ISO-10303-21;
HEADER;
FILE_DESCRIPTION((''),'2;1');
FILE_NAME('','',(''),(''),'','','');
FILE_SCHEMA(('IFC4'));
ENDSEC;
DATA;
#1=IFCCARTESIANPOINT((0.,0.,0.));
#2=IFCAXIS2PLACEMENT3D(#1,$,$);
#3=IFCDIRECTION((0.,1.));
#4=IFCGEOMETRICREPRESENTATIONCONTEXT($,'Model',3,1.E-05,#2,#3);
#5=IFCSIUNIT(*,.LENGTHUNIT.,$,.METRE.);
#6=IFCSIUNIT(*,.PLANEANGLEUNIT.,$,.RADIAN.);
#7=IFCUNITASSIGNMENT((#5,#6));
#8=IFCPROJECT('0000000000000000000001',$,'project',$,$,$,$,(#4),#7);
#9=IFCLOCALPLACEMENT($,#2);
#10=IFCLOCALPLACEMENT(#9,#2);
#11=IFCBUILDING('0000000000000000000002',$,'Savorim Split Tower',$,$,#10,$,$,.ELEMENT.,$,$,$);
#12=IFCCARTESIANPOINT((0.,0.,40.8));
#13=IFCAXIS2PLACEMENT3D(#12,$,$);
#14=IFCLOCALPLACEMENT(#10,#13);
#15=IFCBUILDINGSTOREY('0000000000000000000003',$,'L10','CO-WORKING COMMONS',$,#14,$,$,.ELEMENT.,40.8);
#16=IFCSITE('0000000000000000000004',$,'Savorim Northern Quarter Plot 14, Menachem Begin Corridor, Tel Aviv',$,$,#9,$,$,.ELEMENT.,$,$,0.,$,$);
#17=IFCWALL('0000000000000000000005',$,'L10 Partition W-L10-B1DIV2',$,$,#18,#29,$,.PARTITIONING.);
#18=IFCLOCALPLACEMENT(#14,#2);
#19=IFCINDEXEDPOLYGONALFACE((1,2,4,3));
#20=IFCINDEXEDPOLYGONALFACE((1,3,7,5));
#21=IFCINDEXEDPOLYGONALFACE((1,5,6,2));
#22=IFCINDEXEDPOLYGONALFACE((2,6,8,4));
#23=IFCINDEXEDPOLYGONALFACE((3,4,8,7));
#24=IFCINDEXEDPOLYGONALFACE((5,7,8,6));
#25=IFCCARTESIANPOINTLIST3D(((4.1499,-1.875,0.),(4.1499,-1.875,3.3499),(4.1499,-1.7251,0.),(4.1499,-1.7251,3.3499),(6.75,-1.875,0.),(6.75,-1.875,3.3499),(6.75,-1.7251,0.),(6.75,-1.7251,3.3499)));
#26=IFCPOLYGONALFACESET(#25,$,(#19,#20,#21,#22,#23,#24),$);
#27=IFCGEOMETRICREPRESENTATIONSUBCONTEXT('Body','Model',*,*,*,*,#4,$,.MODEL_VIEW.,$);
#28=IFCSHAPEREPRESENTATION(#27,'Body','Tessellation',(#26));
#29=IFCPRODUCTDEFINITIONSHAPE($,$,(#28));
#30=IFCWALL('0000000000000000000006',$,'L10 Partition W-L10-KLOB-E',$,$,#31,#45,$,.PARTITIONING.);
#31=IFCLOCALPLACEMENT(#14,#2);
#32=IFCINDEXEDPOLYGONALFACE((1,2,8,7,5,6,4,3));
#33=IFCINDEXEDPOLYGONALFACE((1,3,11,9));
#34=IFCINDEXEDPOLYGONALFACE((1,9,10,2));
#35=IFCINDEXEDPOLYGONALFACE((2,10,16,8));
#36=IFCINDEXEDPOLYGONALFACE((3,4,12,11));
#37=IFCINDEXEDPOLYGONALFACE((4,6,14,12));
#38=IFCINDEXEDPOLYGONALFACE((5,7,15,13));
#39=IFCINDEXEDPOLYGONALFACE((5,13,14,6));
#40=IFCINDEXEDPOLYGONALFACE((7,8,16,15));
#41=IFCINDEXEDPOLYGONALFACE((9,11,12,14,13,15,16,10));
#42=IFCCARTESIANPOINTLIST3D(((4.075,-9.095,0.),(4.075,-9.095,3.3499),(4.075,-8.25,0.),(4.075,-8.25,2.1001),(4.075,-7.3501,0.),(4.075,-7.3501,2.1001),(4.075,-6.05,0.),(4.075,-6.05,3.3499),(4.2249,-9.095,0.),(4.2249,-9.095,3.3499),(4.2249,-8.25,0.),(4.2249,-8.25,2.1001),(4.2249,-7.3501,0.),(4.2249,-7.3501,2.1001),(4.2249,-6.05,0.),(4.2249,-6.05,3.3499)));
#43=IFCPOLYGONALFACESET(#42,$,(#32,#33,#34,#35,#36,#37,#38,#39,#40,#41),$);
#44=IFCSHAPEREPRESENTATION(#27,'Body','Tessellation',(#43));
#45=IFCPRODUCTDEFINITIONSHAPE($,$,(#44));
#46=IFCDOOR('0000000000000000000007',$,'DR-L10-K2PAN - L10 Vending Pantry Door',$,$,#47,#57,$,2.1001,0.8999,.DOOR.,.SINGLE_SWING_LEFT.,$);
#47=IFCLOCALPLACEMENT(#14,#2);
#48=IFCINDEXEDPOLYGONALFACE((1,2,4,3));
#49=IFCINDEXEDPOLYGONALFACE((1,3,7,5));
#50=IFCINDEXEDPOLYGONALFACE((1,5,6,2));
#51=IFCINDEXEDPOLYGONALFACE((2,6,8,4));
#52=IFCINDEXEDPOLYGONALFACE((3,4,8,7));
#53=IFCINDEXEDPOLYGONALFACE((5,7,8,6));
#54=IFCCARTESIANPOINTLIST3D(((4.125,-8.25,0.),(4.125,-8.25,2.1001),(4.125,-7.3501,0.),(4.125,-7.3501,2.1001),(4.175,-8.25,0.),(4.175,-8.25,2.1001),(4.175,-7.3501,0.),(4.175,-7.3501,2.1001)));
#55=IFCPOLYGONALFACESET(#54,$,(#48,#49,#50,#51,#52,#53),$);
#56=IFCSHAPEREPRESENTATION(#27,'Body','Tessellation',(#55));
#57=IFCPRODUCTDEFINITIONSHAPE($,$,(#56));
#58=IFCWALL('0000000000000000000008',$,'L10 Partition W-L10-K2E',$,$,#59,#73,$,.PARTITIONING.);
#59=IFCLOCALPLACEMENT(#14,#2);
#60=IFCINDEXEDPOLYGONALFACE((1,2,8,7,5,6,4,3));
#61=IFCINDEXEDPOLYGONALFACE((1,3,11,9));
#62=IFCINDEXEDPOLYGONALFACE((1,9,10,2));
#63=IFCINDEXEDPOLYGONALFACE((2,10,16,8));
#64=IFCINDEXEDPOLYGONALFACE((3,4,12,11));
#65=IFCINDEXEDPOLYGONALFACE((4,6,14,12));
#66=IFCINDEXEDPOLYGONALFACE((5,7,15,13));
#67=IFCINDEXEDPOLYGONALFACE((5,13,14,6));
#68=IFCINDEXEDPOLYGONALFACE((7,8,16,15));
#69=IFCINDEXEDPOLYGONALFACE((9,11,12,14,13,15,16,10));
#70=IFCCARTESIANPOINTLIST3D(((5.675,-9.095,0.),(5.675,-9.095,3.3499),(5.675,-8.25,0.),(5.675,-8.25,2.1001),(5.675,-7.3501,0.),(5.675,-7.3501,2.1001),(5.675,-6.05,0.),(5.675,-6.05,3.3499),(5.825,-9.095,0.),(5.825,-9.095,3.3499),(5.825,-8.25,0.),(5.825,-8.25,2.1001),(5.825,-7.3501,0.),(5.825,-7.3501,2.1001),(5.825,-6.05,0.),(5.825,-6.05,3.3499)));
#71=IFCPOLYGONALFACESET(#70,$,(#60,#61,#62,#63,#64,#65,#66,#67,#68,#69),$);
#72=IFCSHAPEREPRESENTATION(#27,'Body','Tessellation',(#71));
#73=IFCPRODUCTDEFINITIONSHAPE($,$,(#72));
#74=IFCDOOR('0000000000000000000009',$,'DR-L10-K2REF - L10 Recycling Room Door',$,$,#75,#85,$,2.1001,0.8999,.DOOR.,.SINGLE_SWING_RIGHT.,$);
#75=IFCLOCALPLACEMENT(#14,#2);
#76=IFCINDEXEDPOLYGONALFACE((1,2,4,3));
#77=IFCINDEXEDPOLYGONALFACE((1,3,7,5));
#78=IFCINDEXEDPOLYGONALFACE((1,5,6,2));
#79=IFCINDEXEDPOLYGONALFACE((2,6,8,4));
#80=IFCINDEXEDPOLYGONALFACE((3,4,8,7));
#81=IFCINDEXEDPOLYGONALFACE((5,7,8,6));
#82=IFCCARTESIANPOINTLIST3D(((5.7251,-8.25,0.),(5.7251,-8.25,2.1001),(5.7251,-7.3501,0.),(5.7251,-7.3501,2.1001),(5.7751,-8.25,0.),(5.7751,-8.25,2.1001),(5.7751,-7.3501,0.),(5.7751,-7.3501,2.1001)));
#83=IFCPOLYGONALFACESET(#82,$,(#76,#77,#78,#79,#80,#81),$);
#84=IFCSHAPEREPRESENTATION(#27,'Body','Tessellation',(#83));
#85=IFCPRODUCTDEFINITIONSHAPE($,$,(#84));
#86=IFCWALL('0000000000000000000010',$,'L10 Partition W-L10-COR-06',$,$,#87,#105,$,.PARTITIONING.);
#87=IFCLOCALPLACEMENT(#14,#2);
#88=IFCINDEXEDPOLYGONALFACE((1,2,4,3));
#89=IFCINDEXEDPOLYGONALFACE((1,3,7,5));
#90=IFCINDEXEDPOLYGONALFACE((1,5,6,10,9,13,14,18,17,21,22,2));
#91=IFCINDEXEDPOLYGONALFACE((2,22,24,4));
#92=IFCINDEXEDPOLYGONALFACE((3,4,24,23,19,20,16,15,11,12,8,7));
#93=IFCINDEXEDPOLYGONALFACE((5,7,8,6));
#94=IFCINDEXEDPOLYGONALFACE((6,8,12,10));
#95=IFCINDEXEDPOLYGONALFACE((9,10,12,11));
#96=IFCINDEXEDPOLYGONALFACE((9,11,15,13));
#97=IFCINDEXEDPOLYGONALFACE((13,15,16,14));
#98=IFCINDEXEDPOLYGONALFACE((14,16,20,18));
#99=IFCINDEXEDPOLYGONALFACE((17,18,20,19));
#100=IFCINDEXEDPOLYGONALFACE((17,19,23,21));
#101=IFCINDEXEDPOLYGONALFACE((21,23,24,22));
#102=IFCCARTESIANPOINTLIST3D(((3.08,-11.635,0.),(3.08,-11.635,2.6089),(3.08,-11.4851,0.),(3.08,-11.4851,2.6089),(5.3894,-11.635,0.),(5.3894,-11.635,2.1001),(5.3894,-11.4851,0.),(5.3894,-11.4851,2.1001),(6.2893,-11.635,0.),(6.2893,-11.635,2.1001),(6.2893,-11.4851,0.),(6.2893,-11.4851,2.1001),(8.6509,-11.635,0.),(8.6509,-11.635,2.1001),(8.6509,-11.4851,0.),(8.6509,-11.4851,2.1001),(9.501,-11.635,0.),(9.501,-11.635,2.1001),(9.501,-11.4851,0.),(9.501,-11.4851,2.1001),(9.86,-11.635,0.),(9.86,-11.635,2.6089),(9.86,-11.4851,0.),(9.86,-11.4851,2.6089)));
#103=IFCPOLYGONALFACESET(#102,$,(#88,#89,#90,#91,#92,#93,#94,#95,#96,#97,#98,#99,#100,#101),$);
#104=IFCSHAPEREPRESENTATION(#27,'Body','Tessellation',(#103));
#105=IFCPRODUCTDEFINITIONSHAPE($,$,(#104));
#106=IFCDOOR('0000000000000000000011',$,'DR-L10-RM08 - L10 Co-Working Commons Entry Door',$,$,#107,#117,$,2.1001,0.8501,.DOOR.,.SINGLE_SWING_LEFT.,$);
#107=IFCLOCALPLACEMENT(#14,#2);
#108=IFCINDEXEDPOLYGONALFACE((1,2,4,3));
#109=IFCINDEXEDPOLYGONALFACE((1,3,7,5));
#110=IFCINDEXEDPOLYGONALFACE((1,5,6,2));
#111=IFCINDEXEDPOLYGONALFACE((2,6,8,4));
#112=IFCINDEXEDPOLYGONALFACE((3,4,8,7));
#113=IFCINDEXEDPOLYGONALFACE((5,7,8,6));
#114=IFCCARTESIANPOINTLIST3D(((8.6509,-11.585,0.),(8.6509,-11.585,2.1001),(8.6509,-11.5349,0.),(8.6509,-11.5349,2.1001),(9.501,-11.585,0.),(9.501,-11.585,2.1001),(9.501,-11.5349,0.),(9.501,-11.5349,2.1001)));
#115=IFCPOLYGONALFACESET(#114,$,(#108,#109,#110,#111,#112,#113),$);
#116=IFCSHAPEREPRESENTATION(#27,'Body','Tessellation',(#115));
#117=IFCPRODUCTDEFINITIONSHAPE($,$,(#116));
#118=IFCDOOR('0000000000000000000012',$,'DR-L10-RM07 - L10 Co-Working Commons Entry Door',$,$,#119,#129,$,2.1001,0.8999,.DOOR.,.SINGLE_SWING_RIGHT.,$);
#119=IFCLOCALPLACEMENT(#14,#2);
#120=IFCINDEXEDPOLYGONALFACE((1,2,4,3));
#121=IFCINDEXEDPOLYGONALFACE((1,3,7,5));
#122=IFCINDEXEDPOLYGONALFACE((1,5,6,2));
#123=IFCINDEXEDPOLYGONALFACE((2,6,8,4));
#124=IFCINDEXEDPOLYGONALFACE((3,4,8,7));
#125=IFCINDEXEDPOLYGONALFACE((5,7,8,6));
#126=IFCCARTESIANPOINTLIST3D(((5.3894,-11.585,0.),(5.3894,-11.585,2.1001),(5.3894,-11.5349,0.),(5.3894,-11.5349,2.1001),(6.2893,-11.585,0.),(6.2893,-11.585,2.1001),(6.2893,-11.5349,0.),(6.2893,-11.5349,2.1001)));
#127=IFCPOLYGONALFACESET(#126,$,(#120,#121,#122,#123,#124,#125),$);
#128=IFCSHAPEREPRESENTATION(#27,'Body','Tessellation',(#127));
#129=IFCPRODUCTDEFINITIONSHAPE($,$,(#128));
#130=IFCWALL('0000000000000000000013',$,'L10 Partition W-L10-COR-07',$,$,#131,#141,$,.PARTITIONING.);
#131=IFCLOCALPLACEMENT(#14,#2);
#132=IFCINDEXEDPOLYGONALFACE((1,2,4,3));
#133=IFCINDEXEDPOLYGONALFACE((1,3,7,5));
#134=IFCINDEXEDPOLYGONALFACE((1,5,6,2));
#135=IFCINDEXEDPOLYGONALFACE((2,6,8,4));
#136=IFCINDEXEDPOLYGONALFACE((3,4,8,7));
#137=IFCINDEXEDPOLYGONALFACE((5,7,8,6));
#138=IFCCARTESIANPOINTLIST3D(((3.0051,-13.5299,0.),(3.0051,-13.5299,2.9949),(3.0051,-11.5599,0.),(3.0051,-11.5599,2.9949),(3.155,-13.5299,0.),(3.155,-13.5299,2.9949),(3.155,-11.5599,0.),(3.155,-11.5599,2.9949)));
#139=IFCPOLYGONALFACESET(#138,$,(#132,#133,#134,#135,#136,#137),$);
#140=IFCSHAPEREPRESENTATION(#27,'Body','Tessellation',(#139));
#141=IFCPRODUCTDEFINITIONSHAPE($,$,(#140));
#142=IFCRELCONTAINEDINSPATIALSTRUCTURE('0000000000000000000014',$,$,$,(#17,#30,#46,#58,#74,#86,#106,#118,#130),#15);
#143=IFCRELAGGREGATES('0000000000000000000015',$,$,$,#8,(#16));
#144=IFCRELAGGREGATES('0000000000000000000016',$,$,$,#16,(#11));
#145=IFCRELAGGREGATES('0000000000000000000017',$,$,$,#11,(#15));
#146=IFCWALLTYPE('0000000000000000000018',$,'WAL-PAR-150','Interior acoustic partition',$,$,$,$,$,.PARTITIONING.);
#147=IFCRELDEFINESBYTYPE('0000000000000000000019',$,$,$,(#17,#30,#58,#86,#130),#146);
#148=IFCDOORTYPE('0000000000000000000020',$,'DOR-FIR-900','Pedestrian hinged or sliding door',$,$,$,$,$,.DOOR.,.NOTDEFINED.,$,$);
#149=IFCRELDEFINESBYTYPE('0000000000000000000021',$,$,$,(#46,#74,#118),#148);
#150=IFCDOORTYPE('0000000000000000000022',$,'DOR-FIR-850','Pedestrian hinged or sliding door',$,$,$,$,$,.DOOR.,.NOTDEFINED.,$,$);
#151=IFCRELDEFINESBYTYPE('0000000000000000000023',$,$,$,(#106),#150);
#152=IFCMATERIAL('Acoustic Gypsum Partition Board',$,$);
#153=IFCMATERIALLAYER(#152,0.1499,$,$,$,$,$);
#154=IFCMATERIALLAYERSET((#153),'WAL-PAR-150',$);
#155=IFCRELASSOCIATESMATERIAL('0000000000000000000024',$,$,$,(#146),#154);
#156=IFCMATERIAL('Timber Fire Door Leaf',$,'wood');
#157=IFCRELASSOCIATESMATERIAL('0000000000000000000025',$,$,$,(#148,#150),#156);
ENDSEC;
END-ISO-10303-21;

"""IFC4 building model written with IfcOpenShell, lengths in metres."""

from ifc_helpers import new_model, si_unit, direction, frame, frame_2d, origin, place, context, subcontext, project, spatial, rectangle, extrude, material, layer, layer_set, type_object, element, fill, save


model = new_model("IFC4")

# Units and contexts
model_context = context("Model", 3, precision=1e-05, world=origin(), true_north=direction((0.0, 1.0)))
body_context = subcontext(model_context, "Body", "Model", "MODEL_VIEW")
ifc_project = project(units=[si_unit("LENGTHUNIT", "METRE"), si_unit("PLANEANGLEUNIT", "RADIAN")], contexts=[model_context])

# Site, building, storey
site_placement = place(None, origin())
site = spatial("IfcSite", under=ifc_project, at=site_placement, Name="Savorim Northern Quarter Plot 14, Menachem Begin Corridor, Tel Aviv", CompositionType="ELEMENT", RefElevation=0.0)
building_placement = place(site_placement, origin())
building = spatial("IfcBuilding", under=site, at=building_placement, Name="Savorim Split Tower", CompositionType="ELEMENT")
storey_placement = place(building_placement, frame((0.0, 0.0, 40.8)))
storey = spatial("IfcBuildingStorey", under=building, at=storey_placement, Name="L10", Description="CO-WORKING COMMONS", CompositionType="ELEMENT", Elevation=40.8)

# Wall
ifc_material_1 = material(Name="Acoustic Gypsum Partition Board")
ifc_layer_1 = layer(ifc_material_1, 0.1499)
ifc_layer_set_1 = layer_set([ifc_layer_1], Name="WAL-PAR-150")
wall_type_1 = type_object("IfcWallType", Name="WAL-PAR-150", Description="Interior acoustic partition", PredefinedType="PARTITIONING", material=ifc_layer_set_1)
for number, where, z_axis, x_axis, name in (
    (1, (4.1499, -1.8, 0.0), (0.0, 0.0, 1.0), (1.0, 0.0, 0.0), "L10 Partition W-L10-B1DIV2"),
):
    element("IfcWall", number, at=place(storey_placement, frame(where, z_axis=z_axis, x_axis=x_axis)), inside=storey, type_object=wall_type_1, Name=name, PredefinedType="PARTITIONING", context=body_context, shape_type="SweptSolid", body=[
        extrude(rectangle(XDim=2.6001, YDim=0.1499, at=frame_2d((1.3, 0.0))), origin(), (0.0, 0.0, 1.0), 3.3499),
    ])

# Walls, openings, doors
wall_1_placement = place(storey_placement, frame((4.1499, -9.095, 0.0), z_axis=(0.0, 0.0, 1.0), x_axis=(0.0, 1.0, 0.0)))
wall_1 = element("IfcWall", 2, at=wall_1_placement, inside=storey, type_object=wall_type_1, Name="L10 Partition W-L10-KLOB-E", PredefinedType="PARTITIONING", context=body_context, shape_type="SweptSolid", body=[
    extrude(rectangle(XDim=3.0449, YDim=0.1499, at=frame_2d((1.5225, 0.0))), origin(), (0.0, 0.0, 1.0), 3.3499),
])
opening_1_placement = place(wall_1_placement, frame((0.845, 0.0, 0.0)))
opening_1 = element("IfcOpeningElement", 3, at=opening_1_placement, cuts=wall_1, PredefinedType="OPENING", context=body_context, shape_type="SweptSolid", body=[
    extrude(rectangle(XDim=0.8999, YDim=2.1001, at=frame_2d((0.45, 1.05))), frame((0.0, 0.085, 0.0), z_axis=(0.0, -1.0, 0.0), x_axis=(1.0, 0.0, 0.0)), (0.0, 0.0, 1.0), 0.1699),
])
ifc_material_2 = material(Name="Timber Fire Door Leaf", Category="wood")
door_type_1 = type_object("IfcDoorType", Name="DOR-FIR-900", Description="Pedestrian hinged or sliding door", OperationType="NOTDEFINED", PredefinedType="DOOR", material=ifc_material_2)
door_1_placement = place(opening_1_placement, origin())
door_1 = element("IfcDoor", 4, at=door_1_placement, inside=storey, type_object=door_type_1, Name="DR-L10-K2PAN - L10 Vending Pantry Door", OperationType="SINGLE_SWING_LEFT", OverallHeight=2.1001, OverallWidth=0.8999, PredefinedType="DOOR", context=body_context, shape_type="SweptSolid", body=[
    extrude(rectangle(XDim=0.8999, YDim=2.1001, at=frame_2d((0.45, 1.05))), frame((0.0, 0.0249, 0.0), z_axis=(0.0, -1.0, 0.0), x_axis=(1.0, 0.0, 0.0)), (0.0, 0.0, 1.0), 0.05),
])
fill(opening_1, door_1)
wall_2_placement = place(storey_placement, frame((5.75, -9.095, 0.0), z_axis=(0.0, 0.0, 1.0), x_axis=(0.0, 1.0, 0.0)))
wall_2 = element("IfcWall", 5, at=wall_2_placement, inside=storey, type_object=wall_type_1, Name="L10 Partition W-L10-K2E", PredefinedType="PARTITIONING", context=body_context, shape_type="SweptSolid", body=[
    extrude(rectangle(XDim=3.0449, YDim=0.1499, at=frame_2d((1.5225, 0.0))), origin(), (0.0, 0.0, 1.0), 3.3499),
])
opening_2_placement = place(wall_2_placement, frame((0.845, 0.0, 0.0)))
opening_2 = element("IfcOpeningElement", 6, at=opening_2_placement, cuts=wall_2, PredefinedType="OPENING", context=body_context, shape_type="SweptSolid", body=[
    extrude(rectangle(XDim=0.8999, YDim=2.1001, at=frame_2d((0.45, 1.05))), frame((0.0, 0.085, 0.0), z_axis=(0.0, -1.0, 0.0), x_axis=(1.0, 0.0, 0.0)), (0.0, 0.0, 1.0), 0.1699),
])
door_2_placement = place(opening_2_placement, origin())
door_2 = element("IfcDoor", 7, at=door_2_placement, inside=storey, type_object=door_type_1, Name="DR-L10-K2REF - L10 Recycling Room Door", OperationType="SINGLE_SWING_RIGHT", OverallHeight=2.1001, OverallWidth=0.8999, PredefinedType="DOOR", context=body_context, shape_type="SweptSolid", body=[
    extrude(rectangle(XDim=0.8999, YDim=2.1001, at=frame_2d((0.45, 1.05))), frame((0.0, 0.0249, 0.0), z_axis=(0.0, -1.0, 0.0), x_axis=(1.0, 0.0, 0.0)), (0.0, 0.0, 1.0), 0.05),
])
fill(opening_2, door_2)

# Wall, openings, doors
wall_3_placement = place(storey_placement, frame((9.8601, -11.5601, 0.0), z_axis=(0.0, 0.0, 1.0), x_axis=(-1.0, 0.0, 0.0)))
wall_3 = element("IfcWall", 8, at=wall_3_placement, inside=storey, type_object=wall_type_1, Name="L10 Partition W-L10-COR-06", PredefinedType="PARTITIONING", context=body_context, shape_type="SweptSolid", body=[
    extrude(rectangle(XDim=6.78, YDim=0.1499, at=frame_2d((3.3901, 0.0))), origin(), (0.0, 0.0, 1.0), 2.6089),
])
opening_3_placement = place(wall_3_placement, frame((3.5708, 0.0, 0.0)))
opening_3 = element("IfcOpeningElement", 9, at=opening_3_placement, cuts=wall_3, PredefinedType="OPENING", context=body_context, shape_type="SweptSolid", body=[
    extrude(rectangle(XDim=0.8999, YDim=2.1001, at=frame_2d((0.45, 1.05))), frame((0.0, 0.085, 0.0), z_axis=(0.0, -1.0, 0.0), x_axis=(1.0, 0.0, 0.0)), (0.0, 0.0, 1.0), 0.1699),
])
opening_4_placement = place(wall_3_placement, frame((0.3591, 0.0, 0.0)))
opening_4 = element("IfcOpeningElement", 10, at=opening_4_placement, cuts=wall_3, PredefinedType="OPENING", context=body_context, shape_type="SweptSolid", body=[
    extrude(rectangle(XDim=0.8501, YDim=2.1001, at=frame_2d((0.425, 1.05))), frame((0.0, 0.085, 0.0), z_axis=(0.0, -1.0, 0.0), x_axis=(1.0, 0.0, 0.0)), (0.0, 0.0, 1.0), 0.1699),
])
door_type_2 = type_object("IfcDoorType", Name="DOR-FIR-850", Description="Pedestrian hinged or sliding door", OperationType="NOTDEFINED", PredefinedType="DOOR", material=ifc_material_2)
door_3_placement = place(opening_4_placement, origin())
door_3 = element("IfcDoor", 11, at=door_3_placement, inside=storey, type_object=door_type_2, Name="DR-L10-RM08 - L10 Co-Working Commons Entry Door", OperationType="SINGLE_SWING_LEFT", OverallHeight=2.1001, OverallWidth=0.8501, PredefinedType="DOOR", context=body_context, shape_type="SweptSolid", body=[
    extrude(rectangle(XDim=0.8501, YDim=2.1001, at=frame_2d((0.425, 1.05))), frame((0.0, 0.0249, 0.0), z_axis=(0.0, -1.0, 0.0), x_axis=(1.0, 0.0, 0.0)), (0.0, 0.0, 1.0), 0.05),
])
fill(opening_4, door_3)
door_4_placement = place(opening_3_placement, origin())
door_4 = element("IfcDoor", 12, at=door_4_placement, inside=storey, type_object=door_type_1, Name="DR-L10-RM07 - L10 Co-Working Commons Entry Door", OperationType="SINGLE_SWING_RIGHT", OverallHeight=2.1001, OverallWidth=0.8999, PredefinedType="DOOR", context=body_context, shape_type="SweptSolid", body=[
    extrude(rectangle(XDim=0.8999, YDim=2.1001, at=frame_2d((0.45, 1.05))), frame((0.0, 0.0249, 0.0), z_axis=(0.0, -1.0, 0.0), x_axis=(1.0, 0.0, 0.0)), (0.0, 0.0, 1.0), 0.05),
])
fill(opening_3, door_4)

# Wall
wall_4_placement = place(storey_placement, frame((3.0801, -11.5601, 0.0), z_axis=(0.0, 0.0, 1.0), x_axis=(0.0, -1.0, 0.0)))
element("IfcWall", 13, at=wall_4_placement, inside=storey, type_object=wall_type_1, Name="L10 Partition W-L10-COR-07", PredefinedType="PARTITIONING", context=body_context, shape_type="SweptSolid", body=[
    extrude(rectangle(XDim=1.97, YDim=0.1499, at=frame_2d((0.9849, 0.0))), origin(), (0.0, 0.0, 1.0), 2.9949),
])

save(model, "model.ifc")
